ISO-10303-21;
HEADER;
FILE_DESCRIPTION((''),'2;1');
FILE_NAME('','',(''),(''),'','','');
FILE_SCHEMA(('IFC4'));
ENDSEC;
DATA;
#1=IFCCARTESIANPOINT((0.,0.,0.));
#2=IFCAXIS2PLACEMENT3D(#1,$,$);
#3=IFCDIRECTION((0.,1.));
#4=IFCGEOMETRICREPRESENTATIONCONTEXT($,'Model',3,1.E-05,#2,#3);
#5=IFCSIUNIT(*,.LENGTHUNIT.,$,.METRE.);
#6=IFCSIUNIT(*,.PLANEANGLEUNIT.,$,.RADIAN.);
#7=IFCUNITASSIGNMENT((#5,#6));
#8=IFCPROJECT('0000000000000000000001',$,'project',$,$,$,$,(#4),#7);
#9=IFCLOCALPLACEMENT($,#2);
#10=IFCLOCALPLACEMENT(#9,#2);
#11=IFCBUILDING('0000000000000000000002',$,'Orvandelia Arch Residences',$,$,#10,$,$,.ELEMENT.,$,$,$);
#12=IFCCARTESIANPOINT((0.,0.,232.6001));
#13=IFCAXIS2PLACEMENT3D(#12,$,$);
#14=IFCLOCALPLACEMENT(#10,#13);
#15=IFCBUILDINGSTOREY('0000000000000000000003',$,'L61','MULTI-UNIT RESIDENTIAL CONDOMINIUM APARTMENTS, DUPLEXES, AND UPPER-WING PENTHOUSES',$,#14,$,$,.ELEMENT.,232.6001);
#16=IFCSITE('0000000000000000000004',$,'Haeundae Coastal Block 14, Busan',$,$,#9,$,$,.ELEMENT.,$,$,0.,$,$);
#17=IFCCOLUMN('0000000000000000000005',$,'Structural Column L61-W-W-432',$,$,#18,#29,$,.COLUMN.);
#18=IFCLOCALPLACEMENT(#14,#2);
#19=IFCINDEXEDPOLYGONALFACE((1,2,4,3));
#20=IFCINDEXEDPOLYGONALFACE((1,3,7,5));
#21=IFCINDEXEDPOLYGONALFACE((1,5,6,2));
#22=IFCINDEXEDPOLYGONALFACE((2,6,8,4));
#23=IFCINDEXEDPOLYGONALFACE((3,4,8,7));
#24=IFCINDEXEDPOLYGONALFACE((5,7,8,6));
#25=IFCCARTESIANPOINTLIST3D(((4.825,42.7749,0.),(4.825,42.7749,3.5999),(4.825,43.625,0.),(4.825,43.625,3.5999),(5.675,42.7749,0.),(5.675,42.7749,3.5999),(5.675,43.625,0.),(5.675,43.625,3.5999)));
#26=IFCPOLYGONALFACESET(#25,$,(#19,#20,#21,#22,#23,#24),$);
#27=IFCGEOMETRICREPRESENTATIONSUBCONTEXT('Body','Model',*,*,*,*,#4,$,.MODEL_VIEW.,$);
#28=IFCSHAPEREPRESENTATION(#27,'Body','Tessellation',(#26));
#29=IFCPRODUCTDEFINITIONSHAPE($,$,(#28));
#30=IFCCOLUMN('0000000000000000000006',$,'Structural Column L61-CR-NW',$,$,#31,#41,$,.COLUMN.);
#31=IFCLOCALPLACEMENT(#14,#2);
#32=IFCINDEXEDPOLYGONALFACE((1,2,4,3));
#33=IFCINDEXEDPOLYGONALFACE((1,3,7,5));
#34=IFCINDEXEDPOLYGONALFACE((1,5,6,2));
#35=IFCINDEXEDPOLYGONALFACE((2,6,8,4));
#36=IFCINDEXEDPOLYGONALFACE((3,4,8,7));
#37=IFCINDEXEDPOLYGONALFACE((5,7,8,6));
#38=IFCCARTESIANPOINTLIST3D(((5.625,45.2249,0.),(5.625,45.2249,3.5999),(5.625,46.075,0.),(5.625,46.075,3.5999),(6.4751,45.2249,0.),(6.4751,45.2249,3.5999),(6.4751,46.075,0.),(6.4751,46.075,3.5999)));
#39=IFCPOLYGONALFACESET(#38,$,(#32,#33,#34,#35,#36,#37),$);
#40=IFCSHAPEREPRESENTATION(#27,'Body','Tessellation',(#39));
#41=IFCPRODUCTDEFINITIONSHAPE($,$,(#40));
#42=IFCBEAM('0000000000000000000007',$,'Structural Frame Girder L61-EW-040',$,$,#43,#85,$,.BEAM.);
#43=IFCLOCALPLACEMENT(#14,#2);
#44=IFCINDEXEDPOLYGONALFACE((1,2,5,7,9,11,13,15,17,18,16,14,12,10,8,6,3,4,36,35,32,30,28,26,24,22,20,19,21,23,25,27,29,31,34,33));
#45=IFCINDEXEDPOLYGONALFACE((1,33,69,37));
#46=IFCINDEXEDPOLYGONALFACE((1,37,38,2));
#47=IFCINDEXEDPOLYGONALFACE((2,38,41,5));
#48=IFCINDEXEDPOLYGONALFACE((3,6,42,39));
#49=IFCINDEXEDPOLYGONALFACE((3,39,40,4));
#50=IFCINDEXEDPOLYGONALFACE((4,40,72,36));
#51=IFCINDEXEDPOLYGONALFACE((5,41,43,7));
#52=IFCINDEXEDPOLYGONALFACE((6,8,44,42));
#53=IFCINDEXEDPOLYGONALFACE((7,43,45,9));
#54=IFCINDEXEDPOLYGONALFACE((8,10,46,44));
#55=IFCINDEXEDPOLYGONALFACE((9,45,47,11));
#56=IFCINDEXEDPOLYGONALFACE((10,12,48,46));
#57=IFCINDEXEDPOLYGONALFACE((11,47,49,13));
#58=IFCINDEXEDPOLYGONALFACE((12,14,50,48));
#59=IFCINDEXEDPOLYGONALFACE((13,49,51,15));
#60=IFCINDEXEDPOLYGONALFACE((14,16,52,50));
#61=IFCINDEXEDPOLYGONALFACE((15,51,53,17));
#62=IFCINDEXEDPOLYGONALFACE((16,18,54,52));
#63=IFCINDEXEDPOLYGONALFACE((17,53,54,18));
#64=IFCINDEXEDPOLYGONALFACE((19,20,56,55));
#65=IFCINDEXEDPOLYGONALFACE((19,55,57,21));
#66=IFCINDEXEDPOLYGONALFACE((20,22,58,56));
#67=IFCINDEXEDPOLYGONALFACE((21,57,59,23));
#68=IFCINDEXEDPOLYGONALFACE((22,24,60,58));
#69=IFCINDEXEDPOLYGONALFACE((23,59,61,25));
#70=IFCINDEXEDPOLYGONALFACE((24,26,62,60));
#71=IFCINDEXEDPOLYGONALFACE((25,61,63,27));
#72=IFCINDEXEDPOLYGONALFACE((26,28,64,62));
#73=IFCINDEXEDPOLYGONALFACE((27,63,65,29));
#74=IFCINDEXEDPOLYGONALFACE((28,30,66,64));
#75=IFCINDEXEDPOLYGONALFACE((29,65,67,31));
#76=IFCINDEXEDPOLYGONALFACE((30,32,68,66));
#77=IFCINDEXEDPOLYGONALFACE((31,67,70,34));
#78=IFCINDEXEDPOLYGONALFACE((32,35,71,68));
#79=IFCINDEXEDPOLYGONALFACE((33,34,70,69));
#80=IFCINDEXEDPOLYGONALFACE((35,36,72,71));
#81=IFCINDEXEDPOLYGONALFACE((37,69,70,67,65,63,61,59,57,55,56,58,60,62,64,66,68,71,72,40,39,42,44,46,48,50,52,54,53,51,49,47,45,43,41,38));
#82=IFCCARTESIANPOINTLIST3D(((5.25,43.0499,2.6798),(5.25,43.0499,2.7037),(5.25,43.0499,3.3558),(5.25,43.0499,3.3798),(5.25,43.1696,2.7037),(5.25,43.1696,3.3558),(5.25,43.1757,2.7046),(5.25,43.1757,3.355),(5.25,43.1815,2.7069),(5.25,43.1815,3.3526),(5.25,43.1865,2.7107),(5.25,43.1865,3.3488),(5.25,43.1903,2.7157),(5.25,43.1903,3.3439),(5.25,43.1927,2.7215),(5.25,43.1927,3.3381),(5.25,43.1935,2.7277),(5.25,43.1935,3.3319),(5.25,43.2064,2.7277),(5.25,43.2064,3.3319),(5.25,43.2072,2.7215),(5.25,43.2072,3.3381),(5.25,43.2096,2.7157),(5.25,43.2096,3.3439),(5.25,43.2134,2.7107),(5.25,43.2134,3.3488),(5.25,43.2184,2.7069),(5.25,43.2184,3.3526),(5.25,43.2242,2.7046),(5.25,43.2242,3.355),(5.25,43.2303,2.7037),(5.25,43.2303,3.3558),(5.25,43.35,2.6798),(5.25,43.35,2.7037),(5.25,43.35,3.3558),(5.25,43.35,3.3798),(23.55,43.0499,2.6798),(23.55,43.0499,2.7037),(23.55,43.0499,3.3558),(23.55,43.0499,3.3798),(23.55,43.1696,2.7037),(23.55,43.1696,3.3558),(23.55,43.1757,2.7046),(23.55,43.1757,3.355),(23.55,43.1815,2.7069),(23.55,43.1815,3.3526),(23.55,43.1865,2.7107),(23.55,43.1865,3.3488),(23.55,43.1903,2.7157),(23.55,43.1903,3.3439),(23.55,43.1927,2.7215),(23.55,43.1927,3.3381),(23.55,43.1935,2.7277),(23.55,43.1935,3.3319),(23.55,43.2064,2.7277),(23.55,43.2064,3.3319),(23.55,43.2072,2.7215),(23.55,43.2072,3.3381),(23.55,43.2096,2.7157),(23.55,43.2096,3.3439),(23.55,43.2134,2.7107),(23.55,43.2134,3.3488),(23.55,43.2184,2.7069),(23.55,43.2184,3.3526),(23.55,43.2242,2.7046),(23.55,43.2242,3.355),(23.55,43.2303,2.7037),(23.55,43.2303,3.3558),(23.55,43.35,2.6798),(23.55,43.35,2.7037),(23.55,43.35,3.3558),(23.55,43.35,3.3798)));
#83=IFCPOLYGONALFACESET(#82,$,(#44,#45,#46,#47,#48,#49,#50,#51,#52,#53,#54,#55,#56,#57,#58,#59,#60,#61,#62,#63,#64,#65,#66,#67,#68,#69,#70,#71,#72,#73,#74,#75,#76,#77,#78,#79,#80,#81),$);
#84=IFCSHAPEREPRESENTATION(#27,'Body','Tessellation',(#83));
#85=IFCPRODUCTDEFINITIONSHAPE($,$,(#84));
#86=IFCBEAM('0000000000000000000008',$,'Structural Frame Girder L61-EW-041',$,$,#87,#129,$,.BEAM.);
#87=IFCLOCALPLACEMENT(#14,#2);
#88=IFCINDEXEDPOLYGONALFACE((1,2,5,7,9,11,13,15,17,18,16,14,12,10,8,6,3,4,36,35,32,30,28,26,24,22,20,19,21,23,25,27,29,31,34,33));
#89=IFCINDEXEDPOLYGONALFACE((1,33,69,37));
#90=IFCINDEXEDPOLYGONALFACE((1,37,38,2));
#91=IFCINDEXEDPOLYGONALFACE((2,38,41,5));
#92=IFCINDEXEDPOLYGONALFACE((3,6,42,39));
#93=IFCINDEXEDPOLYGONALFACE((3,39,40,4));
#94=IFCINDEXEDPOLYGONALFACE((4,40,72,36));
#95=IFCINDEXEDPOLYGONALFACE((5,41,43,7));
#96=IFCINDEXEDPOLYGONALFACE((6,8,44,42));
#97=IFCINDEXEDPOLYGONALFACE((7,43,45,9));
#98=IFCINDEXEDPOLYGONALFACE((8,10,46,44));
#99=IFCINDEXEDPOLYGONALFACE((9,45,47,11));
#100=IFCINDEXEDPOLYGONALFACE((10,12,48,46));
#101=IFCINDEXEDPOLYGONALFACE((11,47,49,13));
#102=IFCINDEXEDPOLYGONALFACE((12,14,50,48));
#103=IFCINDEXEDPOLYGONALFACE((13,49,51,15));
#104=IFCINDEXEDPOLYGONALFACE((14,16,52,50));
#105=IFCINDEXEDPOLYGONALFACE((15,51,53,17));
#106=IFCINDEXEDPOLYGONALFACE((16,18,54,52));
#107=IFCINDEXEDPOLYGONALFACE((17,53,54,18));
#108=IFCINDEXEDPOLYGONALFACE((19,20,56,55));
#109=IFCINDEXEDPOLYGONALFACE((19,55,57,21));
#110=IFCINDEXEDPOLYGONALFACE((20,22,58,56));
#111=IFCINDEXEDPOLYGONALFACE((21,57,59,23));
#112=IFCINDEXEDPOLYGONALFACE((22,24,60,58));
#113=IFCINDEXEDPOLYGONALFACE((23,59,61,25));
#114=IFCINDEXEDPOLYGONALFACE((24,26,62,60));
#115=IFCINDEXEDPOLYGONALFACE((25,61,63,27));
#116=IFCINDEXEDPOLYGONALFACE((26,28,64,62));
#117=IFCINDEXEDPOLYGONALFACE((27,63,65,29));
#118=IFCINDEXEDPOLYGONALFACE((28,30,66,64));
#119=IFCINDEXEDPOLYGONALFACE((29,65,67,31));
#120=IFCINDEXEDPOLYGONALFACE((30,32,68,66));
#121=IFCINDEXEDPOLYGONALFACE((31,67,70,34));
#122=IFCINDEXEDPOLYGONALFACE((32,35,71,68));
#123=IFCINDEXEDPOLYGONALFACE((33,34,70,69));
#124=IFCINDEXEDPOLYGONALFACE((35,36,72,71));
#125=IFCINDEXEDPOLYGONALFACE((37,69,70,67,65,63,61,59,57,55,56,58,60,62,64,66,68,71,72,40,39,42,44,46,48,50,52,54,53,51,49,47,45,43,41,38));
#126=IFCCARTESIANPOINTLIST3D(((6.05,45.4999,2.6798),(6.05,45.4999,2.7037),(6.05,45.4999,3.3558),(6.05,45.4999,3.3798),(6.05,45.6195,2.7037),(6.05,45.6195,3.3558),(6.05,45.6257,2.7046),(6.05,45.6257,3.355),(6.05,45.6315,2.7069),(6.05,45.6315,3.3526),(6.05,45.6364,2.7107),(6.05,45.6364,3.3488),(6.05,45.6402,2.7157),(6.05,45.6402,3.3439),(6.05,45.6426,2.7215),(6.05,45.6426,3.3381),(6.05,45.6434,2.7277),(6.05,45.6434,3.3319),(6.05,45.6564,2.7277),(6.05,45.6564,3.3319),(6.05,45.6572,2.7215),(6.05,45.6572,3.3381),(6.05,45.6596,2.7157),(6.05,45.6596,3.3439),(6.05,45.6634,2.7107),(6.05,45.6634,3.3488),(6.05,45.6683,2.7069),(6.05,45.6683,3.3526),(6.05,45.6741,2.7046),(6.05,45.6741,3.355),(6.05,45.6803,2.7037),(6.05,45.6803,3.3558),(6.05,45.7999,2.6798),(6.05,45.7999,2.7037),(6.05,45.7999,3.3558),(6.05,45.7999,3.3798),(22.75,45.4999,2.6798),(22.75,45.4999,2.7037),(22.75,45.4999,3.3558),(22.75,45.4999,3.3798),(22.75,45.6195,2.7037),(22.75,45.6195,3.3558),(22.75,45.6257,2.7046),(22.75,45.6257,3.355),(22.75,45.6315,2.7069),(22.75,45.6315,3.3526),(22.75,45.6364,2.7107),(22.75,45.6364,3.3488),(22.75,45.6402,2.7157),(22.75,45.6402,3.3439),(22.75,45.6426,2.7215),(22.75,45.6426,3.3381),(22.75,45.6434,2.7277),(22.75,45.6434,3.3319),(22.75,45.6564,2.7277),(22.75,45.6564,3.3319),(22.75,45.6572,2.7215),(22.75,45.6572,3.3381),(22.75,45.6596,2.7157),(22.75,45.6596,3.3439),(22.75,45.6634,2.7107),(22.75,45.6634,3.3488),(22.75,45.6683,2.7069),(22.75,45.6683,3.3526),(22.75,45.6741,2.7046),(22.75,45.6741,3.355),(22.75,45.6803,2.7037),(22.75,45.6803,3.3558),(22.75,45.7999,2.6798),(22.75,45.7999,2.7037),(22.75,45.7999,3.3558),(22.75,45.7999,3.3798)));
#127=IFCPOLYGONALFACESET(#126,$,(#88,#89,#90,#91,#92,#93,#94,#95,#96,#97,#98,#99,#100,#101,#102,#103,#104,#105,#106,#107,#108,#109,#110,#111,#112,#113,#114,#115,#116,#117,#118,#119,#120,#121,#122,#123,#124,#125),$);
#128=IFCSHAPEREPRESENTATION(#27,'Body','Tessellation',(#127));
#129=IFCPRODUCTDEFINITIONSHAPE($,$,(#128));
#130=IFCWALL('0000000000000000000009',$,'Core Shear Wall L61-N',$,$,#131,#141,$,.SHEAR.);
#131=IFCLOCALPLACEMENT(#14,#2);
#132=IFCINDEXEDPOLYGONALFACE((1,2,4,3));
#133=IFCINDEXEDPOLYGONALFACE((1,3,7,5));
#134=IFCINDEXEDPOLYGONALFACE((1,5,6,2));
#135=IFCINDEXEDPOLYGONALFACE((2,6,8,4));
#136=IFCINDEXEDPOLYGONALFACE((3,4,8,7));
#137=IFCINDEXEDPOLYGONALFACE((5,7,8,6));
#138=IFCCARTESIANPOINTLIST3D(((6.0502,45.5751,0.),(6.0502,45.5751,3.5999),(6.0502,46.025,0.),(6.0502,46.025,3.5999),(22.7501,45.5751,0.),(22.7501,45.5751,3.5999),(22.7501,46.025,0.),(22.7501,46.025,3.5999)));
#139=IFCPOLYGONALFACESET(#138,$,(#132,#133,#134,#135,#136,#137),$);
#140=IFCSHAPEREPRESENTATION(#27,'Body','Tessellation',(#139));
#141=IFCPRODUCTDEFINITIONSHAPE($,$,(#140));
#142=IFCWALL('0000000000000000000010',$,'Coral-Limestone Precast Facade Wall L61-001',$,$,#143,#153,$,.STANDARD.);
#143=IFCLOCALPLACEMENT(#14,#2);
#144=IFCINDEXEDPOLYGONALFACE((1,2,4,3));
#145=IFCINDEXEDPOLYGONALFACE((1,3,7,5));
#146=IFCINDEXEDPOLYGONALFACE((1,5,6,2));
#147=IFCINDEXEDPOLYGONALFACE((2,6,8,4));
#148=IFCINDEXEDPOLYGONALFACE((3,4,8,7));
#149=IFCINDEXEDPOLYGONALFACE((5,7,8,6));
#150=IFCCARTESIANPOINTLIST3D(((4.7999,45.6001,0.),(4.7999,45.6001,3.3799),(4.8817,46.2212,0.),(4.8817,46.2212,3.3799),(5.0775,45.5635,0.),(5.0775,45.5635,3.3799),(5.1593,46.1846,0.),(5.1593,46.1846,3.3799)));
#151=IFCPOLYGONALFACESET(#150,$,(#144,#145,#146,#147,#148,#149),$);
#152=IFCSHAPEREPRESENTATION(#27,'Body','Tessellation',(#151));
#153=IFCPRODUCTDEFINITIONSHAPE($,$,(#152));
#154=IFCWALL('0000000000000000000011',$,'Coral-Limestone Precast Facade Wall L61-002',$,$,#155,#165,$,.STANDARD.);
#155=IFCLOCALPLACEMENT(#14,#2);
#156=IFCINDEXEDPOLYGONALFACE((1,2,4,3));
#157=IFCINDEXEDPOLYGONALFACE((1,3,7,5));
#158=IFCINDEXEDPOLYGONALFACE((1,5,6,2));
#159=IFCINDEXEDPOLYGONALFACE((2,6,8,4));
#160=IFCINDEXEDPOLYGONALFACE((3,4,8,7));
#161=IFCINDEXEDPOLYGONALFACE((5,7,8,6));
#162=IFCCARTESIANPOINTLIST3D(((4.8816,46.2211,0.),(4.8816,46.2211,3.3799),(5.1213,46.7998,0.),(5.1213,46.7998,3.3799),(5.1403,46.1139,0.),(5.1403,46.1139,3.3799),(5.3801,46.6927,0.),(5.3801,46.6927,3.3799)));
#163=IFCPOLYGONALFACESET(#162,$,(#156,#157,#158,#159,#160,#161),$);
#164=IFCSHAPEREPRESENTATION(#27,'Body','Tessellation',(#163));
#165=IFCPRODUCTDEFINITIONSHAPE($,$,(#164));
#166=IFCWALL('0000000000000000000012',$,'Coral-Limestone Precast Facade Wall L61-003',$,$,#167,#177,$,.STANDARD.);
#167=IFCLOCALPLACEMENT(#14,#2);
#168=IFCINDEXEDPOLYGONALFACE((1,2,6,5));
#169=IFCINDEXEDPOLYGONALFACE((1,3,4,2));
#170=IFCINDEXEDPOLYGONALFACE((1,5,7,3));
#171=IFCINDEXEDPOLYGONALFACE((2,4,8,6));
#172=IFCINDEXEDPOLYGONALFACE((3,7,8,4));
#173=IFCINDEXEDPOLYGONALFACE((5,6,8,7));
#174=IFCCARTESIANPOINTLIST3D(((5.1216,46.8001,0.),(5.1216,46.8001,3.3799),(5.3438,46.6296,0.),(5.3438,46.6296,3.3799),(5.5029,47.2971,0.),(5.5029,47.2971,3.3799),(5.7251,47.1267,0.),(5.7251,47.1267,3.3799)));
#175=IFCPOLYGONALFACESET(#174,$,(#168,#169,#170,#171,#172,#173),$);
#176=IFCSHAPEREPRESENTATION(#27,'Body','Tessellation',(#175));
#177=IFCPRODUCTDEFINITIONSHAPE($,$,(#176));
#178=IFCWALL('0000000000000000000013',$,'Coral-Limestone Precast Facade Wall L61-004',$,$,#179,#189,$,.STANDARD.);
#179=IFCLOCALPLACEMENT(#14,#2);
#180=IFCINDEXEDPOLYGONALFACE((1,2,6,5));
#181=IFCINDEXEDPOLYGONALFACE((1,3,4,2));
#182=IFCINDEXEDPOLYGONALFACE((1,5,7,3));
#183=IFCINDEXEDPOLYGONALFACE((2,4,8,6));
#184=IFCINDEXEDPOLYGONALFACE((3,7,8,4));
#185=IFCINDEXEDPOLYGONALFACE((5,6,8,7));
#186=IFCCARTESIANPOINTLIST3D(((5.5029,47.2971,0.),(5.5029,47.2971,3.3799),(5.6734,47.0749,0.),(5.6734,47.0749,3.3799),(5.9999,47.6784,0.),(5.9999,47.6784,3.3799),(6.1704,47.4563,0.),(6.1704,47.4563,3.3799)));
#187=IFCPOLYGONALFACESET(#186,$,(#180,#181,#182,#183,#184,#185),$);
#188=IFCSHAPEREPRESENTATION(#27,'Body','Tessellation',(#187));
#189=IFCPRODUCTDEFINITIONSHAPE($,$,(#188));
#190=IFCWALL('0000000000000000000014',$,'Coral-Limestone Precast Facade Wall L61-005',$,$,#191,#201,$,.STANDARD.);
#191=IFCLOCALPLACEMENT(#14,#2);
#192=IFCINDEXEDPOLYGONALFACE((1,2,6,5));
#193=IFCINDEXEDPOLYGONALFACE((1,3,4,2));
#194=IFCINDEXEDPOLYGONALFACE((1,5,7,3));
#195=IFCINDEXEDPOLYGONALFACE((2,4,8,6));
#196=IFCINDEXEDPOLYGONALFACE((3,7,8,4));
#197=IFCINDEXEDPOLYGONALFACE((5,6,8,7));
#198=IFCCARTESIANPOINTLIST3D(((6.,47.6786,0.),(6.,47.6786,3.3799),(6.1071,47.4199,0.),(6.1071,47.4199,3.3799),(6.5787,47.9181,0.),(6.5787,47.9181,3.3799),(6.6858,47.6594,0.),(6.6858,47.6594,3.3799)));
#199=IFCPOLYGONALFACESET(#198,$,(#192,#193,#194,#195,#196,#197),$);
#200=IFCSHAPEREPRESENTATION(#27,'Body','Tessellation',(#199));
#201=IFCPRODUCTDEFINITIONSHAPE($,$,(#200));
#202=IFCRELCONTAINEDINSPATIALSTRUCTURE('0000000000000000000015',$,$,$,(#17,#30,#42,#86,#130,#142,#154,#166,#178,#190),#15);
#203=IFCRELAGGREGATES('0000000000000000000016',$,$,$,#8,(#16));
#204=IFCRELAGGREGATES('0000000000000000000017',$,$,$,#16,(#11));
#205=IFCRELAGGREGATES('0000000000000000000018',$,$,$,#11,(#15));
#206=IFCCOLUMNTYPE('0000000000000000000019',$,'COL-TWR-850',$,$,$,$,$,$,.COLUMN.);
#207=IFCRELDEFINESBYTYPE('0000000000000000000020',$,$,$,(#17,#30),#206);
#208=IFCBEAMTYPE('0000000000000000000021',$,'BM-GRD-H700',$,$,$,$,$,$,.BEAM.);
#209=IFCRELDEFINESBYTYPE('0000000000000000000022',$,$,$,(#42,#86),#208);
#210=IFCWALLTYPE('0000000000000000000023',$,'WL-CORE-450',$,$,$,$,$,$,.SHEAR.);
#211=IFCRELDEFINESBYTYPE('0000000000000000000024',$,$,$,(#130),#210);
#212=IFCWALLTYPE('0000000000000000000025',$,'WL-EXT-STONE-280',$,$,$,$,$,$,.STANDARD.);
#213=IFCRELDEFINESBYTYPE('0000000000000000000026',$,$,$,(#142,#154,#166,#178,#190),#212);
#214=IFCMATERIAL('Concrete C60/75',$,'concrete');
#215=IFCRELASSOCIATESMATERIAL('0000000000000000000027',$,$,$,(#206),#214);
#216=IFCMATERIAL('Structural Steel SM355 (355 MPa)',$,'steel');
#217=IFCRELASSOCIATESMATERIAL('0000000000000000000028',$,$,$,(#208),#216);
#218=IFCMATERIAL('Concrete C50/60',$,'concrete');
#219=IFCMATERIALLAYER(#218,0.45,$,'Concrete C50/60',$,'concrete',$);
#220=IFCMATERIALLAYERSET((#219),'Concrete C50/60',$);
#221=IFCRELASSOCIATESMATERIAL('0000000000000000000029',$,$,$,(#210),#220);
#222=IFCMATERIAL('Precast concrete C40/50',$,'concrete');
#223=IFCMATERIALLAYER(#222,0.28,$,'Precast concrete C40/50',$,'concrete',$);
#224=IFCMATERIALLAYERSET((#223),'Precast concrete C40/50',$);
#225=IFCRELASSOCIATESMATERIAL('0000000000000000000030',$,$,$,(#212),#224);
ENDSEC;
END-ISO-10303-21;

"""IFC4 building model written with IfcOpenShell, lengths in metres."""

from ifc_helpers import new_model, si_unit, direction, frame, frame_2d, origin, origin_2d, place, context, subcontext, project, spatial, rectangle, i_section, extrude, material, layer, layer_set, material_profile, profile_set, type_object, element, save


model = new_model("IFC4")

# Units and contexts
model_context = context("Model", 3, precision=1e-05, world=origin(), true_north=direction((0.0, 1.0)))
body_context = subcontext(model_context, "Body", "Model", "MODEL_VIEW")
ifc_project = project(units=[si_unit("LENGTHUNIT", "METRE"), si_unit("PLANEANGLEUNIT", "RADIAN")], contexts=[model_context])

# Site, building, storey
site_placement = place(None, origin())
site = spatial("IfcSite", under=ifc_project, at=site_placement, Name="Haeundae Coastal Block 14, Busan", CompositionType="ELEMENT", RefElevation=0.0)
building_placement = place(site_placement, origin())
building = spatial("IfcBuilding", under=site, at=building_placement, Name="Orvandelia Arch Residences", CompositionType="ELEMENT")
storey_placement = place(building_placement, frame((0.0, 0.0, 232.6001)))
storey = spatial("IfcBuildingStorey", under=building, at=storey_placement, Name="L61", Description="MULTI-UNIT RESIDENTIAL CONDOMINIUM APARTMENTS, DUPLEXES, AND UPPER-WING PENTHOUSES", CompositionType="ELEMENT", Elevation=232.6001)

# Columns
ifc_material_1 = material(Name="Concrete C60/75", Category="concrete")
ifc_material_profile_1 = material_profile(ifc_material_1, rectangle(XDim=0.8501, YDim=0.8501, at=origin_2d()), Name="Concrete C60/75", Category="concrete")
ifc_profile_set_1 = profile_set([ifc_material_profile_1], Name="Concrete C60/75")
column_type = type_object("IfcColumnType", Name="COL-TWR-850", PredefinedType="COLUMN", material=ifc_profile_set_1)
for number, where, z_axis, x_axis, name in (
    (1, (5.25, 43.2, 0.0), (0.0, 0.0, 1.0), (1.0, 0.0, 0.0), "Structural Column L61-W-W-432"),
    (2, (6.05, 45.6499, 0.0), (0.0, 0.0, 1.0), (1.0, 0.0, 0.0), "Structural Column L61-CR-NW"),
):
    element("IfcColumn", number, at=place(storey_placement, frame(where, z_axis=z_axis, x_axis=x_axis)), inside=storey, type_object=column_type, Name=name, PredefinedType="COLUMN", context=body_context, shape_type="SweptSolid", body=[
        extrude(rectangle(XDim=0.8501, YDim=0.8501, at=origin_2d()), origin(), (0.0, 0.0, 1.0), 3.5999),
    ])

# Beams
ifc_material_2 = material(Name="Structural Steel SM355 (355 MPa)", Category="steel")
ifc_material_profile_2 = material_profile(ifc_material_2, i_section(OverallWidth=0.3, OverallDepth=0.7, WebThickness=0.0129, FlangeThickness=0.0239, FilletRadius=0.0239, at=origin_2d()), Name="Structural Steel SM355 (355 MPa)", Category="steel")
ifc_profile_set_2 = profile_set([ifc_material_profile_2], Name="Structural Steel SM355 (355 MPa)")
beam_type = type_object("IfcBeamType", Name="BM-GRD-H700", PredefinedType="BEAM", material=ifc_profile_set_2)
beam_1_placement = place(storey_placement, frame((5.25, 43.2, 3.0298), z_axis=(1.0, 0.0, 0.0), x_axis=(0.0, 1.0, 0.0)))
element("IfcBeam", 3, at=beam_1_placement, inside=storey, type_object=beam_type, Name="Structural Frame Girder L61-EW-040", PredefinedType="BEAM", context=body_context, shape_type="SweptSolid", body=[
    extrude(i_section(OverallWidth=0.3, OverallDepth=0.7, WebThickness=0.0129, FlangeThickness=0.0239, FilletRadius=0.0239, at=origin_2d()), origin(), (0.0, 0.0, 1.0), 18.3),
])
beam_2_placement = place(storey_placement, frame((6.05, 45.6499, 3.0298), z_axis=(1.0, 0.0, 0.0), x_axis=(0.0, 1.0, 0.0)))
element("IfcBeam", 4, at=beam_2_placement, inside=storey, type_object=beam_type, Name="Structural Frame Girder L61-EW-041", PredefinedType="BEAM", context=body_context, shape_type="SweptSolid", body=[
    extrude(i_section(OverallWidth=0.3, OverallDepth=0.7, WebThickness=0.0129, FlangeThickness=0.0239, FilletRadius=0.0239, at=origin_2d()), origin(), (0.0, 0.0, 1.0), 16.7),
])

# Walls
ifc_material_3 = material(Name="Concrete C50/60", Category="concrete")
ifc_layer_1 = layer(ifc_material_3, 0.45, Name="Concrete C50/60", Category="concrete")
ifc_layer_set_1 = layer_set([ifc_layer_1], Name="Concrete C50/60")
wall_type_1 = type_object("IfcWallType", Name="WL-CORE-450", PredefinedType="SHEAR", material=ifc_layer_set_1)
wall_1_placement = place(storey_placement, frame((6.05, 45.8, 0.0), z_axis=(0.0, 0.0, 1.0), x_axis=(1.0, 0.0, 0.0)))
element("IfcWall", 5, at=wall_1_placement, inside=storey, type_object=wall_type_1, Name="Core Shear Wall L61-N", PredefinedType="SHEAR", context=body_context, shape_type="SweptSolid", body=[
    extrude(rectangle(XDim=16.7, YDim=0.45, at=frame_2d((8.3501, 0.0))), origin(), (0.0, 0.0, 1.0), 3.5999),
])
ifc_material_4 = material(Name="Precast concrete C40/50", Category="concrete")
ifc_layer_2 = layer(ifc_material_4, 0.28, Name="Precast concrete C40/50", Category="concrete")
ifc_layer_set_2 = layer_set([ifc_layer_2], Name="Precast concrete C40/50")
wall_type_2 = type_object("IfcWallType", Name="WL-EXT-STONE-280", PredefinedType="STANDARD", material=ifc_layer_set_2)
for number, where, z_axis, x_axis, name in (
    (6, (4.9387, 45.5818, 0.0), (0.0, 0.0, 1.0), (0.130555, 0.991441, 0.0), "Coral-Limestone Precast Facade Wall L61-001"),
    (7, (5.011, 46.1675, 0.0), (0.0, 0.0, 1.0), (0.38265, 0.923893, 0.0), "Coral-Limestone Precast Facade Wall L61-002"),
    (8, (5.2327, 46.7148, 0.0), (0.0, 0.0, 1.0), (0.608693, 0.793406, 0.0), "Coral-Limestone Precast Facade Wall L61-003"),
    (9, (5.5881, 47.186, 0.0), (0.0, 0.0, 1.0), (0.793406, 0.608693, 0.0), "Coral-Limestone Precast Facade Wall L61-004"),
):
    element("IfcWall", number, at=place(storey_placement, frame(where, z_axis=z_axis, x_axis=x_axis)), inside=storey, type_object=wall_type_2, Name=name, PredefinedType="STANDARD", context=body_context, shape_type="SweptSolid", body=[
        extrude(rectangle(XDim=0.6265, YDim=0.28, at=frame_2d((0.3132, 0.0))), origin(), (0.0, 0.0, 1.0), 3.3799),
    ])
wall_2_placement = place(storey_placement, frame((6.0537, 47.5493, 0.0), z_axis=(0.0, 0.0, 1.0), x_axis=(0.923974, 0.382455, 0.0)))
element("IfcWall", 10, at=wall_2_placement, inside=storey, type_object=wall_type_2, Name="Coral-Limestone Precast Facade Wall L61-005", PredefinedType="STANDARD", context=body_context, shape_type="SweptSolid", body=[
    extrude(rectangle(XDim=0.6262, YDim=0.28, at=frame_2d((0.313, 0.0))), origin(), (0.0, 0.0, 1.0), 3.3799),
])

save(model, "model.ifc")
